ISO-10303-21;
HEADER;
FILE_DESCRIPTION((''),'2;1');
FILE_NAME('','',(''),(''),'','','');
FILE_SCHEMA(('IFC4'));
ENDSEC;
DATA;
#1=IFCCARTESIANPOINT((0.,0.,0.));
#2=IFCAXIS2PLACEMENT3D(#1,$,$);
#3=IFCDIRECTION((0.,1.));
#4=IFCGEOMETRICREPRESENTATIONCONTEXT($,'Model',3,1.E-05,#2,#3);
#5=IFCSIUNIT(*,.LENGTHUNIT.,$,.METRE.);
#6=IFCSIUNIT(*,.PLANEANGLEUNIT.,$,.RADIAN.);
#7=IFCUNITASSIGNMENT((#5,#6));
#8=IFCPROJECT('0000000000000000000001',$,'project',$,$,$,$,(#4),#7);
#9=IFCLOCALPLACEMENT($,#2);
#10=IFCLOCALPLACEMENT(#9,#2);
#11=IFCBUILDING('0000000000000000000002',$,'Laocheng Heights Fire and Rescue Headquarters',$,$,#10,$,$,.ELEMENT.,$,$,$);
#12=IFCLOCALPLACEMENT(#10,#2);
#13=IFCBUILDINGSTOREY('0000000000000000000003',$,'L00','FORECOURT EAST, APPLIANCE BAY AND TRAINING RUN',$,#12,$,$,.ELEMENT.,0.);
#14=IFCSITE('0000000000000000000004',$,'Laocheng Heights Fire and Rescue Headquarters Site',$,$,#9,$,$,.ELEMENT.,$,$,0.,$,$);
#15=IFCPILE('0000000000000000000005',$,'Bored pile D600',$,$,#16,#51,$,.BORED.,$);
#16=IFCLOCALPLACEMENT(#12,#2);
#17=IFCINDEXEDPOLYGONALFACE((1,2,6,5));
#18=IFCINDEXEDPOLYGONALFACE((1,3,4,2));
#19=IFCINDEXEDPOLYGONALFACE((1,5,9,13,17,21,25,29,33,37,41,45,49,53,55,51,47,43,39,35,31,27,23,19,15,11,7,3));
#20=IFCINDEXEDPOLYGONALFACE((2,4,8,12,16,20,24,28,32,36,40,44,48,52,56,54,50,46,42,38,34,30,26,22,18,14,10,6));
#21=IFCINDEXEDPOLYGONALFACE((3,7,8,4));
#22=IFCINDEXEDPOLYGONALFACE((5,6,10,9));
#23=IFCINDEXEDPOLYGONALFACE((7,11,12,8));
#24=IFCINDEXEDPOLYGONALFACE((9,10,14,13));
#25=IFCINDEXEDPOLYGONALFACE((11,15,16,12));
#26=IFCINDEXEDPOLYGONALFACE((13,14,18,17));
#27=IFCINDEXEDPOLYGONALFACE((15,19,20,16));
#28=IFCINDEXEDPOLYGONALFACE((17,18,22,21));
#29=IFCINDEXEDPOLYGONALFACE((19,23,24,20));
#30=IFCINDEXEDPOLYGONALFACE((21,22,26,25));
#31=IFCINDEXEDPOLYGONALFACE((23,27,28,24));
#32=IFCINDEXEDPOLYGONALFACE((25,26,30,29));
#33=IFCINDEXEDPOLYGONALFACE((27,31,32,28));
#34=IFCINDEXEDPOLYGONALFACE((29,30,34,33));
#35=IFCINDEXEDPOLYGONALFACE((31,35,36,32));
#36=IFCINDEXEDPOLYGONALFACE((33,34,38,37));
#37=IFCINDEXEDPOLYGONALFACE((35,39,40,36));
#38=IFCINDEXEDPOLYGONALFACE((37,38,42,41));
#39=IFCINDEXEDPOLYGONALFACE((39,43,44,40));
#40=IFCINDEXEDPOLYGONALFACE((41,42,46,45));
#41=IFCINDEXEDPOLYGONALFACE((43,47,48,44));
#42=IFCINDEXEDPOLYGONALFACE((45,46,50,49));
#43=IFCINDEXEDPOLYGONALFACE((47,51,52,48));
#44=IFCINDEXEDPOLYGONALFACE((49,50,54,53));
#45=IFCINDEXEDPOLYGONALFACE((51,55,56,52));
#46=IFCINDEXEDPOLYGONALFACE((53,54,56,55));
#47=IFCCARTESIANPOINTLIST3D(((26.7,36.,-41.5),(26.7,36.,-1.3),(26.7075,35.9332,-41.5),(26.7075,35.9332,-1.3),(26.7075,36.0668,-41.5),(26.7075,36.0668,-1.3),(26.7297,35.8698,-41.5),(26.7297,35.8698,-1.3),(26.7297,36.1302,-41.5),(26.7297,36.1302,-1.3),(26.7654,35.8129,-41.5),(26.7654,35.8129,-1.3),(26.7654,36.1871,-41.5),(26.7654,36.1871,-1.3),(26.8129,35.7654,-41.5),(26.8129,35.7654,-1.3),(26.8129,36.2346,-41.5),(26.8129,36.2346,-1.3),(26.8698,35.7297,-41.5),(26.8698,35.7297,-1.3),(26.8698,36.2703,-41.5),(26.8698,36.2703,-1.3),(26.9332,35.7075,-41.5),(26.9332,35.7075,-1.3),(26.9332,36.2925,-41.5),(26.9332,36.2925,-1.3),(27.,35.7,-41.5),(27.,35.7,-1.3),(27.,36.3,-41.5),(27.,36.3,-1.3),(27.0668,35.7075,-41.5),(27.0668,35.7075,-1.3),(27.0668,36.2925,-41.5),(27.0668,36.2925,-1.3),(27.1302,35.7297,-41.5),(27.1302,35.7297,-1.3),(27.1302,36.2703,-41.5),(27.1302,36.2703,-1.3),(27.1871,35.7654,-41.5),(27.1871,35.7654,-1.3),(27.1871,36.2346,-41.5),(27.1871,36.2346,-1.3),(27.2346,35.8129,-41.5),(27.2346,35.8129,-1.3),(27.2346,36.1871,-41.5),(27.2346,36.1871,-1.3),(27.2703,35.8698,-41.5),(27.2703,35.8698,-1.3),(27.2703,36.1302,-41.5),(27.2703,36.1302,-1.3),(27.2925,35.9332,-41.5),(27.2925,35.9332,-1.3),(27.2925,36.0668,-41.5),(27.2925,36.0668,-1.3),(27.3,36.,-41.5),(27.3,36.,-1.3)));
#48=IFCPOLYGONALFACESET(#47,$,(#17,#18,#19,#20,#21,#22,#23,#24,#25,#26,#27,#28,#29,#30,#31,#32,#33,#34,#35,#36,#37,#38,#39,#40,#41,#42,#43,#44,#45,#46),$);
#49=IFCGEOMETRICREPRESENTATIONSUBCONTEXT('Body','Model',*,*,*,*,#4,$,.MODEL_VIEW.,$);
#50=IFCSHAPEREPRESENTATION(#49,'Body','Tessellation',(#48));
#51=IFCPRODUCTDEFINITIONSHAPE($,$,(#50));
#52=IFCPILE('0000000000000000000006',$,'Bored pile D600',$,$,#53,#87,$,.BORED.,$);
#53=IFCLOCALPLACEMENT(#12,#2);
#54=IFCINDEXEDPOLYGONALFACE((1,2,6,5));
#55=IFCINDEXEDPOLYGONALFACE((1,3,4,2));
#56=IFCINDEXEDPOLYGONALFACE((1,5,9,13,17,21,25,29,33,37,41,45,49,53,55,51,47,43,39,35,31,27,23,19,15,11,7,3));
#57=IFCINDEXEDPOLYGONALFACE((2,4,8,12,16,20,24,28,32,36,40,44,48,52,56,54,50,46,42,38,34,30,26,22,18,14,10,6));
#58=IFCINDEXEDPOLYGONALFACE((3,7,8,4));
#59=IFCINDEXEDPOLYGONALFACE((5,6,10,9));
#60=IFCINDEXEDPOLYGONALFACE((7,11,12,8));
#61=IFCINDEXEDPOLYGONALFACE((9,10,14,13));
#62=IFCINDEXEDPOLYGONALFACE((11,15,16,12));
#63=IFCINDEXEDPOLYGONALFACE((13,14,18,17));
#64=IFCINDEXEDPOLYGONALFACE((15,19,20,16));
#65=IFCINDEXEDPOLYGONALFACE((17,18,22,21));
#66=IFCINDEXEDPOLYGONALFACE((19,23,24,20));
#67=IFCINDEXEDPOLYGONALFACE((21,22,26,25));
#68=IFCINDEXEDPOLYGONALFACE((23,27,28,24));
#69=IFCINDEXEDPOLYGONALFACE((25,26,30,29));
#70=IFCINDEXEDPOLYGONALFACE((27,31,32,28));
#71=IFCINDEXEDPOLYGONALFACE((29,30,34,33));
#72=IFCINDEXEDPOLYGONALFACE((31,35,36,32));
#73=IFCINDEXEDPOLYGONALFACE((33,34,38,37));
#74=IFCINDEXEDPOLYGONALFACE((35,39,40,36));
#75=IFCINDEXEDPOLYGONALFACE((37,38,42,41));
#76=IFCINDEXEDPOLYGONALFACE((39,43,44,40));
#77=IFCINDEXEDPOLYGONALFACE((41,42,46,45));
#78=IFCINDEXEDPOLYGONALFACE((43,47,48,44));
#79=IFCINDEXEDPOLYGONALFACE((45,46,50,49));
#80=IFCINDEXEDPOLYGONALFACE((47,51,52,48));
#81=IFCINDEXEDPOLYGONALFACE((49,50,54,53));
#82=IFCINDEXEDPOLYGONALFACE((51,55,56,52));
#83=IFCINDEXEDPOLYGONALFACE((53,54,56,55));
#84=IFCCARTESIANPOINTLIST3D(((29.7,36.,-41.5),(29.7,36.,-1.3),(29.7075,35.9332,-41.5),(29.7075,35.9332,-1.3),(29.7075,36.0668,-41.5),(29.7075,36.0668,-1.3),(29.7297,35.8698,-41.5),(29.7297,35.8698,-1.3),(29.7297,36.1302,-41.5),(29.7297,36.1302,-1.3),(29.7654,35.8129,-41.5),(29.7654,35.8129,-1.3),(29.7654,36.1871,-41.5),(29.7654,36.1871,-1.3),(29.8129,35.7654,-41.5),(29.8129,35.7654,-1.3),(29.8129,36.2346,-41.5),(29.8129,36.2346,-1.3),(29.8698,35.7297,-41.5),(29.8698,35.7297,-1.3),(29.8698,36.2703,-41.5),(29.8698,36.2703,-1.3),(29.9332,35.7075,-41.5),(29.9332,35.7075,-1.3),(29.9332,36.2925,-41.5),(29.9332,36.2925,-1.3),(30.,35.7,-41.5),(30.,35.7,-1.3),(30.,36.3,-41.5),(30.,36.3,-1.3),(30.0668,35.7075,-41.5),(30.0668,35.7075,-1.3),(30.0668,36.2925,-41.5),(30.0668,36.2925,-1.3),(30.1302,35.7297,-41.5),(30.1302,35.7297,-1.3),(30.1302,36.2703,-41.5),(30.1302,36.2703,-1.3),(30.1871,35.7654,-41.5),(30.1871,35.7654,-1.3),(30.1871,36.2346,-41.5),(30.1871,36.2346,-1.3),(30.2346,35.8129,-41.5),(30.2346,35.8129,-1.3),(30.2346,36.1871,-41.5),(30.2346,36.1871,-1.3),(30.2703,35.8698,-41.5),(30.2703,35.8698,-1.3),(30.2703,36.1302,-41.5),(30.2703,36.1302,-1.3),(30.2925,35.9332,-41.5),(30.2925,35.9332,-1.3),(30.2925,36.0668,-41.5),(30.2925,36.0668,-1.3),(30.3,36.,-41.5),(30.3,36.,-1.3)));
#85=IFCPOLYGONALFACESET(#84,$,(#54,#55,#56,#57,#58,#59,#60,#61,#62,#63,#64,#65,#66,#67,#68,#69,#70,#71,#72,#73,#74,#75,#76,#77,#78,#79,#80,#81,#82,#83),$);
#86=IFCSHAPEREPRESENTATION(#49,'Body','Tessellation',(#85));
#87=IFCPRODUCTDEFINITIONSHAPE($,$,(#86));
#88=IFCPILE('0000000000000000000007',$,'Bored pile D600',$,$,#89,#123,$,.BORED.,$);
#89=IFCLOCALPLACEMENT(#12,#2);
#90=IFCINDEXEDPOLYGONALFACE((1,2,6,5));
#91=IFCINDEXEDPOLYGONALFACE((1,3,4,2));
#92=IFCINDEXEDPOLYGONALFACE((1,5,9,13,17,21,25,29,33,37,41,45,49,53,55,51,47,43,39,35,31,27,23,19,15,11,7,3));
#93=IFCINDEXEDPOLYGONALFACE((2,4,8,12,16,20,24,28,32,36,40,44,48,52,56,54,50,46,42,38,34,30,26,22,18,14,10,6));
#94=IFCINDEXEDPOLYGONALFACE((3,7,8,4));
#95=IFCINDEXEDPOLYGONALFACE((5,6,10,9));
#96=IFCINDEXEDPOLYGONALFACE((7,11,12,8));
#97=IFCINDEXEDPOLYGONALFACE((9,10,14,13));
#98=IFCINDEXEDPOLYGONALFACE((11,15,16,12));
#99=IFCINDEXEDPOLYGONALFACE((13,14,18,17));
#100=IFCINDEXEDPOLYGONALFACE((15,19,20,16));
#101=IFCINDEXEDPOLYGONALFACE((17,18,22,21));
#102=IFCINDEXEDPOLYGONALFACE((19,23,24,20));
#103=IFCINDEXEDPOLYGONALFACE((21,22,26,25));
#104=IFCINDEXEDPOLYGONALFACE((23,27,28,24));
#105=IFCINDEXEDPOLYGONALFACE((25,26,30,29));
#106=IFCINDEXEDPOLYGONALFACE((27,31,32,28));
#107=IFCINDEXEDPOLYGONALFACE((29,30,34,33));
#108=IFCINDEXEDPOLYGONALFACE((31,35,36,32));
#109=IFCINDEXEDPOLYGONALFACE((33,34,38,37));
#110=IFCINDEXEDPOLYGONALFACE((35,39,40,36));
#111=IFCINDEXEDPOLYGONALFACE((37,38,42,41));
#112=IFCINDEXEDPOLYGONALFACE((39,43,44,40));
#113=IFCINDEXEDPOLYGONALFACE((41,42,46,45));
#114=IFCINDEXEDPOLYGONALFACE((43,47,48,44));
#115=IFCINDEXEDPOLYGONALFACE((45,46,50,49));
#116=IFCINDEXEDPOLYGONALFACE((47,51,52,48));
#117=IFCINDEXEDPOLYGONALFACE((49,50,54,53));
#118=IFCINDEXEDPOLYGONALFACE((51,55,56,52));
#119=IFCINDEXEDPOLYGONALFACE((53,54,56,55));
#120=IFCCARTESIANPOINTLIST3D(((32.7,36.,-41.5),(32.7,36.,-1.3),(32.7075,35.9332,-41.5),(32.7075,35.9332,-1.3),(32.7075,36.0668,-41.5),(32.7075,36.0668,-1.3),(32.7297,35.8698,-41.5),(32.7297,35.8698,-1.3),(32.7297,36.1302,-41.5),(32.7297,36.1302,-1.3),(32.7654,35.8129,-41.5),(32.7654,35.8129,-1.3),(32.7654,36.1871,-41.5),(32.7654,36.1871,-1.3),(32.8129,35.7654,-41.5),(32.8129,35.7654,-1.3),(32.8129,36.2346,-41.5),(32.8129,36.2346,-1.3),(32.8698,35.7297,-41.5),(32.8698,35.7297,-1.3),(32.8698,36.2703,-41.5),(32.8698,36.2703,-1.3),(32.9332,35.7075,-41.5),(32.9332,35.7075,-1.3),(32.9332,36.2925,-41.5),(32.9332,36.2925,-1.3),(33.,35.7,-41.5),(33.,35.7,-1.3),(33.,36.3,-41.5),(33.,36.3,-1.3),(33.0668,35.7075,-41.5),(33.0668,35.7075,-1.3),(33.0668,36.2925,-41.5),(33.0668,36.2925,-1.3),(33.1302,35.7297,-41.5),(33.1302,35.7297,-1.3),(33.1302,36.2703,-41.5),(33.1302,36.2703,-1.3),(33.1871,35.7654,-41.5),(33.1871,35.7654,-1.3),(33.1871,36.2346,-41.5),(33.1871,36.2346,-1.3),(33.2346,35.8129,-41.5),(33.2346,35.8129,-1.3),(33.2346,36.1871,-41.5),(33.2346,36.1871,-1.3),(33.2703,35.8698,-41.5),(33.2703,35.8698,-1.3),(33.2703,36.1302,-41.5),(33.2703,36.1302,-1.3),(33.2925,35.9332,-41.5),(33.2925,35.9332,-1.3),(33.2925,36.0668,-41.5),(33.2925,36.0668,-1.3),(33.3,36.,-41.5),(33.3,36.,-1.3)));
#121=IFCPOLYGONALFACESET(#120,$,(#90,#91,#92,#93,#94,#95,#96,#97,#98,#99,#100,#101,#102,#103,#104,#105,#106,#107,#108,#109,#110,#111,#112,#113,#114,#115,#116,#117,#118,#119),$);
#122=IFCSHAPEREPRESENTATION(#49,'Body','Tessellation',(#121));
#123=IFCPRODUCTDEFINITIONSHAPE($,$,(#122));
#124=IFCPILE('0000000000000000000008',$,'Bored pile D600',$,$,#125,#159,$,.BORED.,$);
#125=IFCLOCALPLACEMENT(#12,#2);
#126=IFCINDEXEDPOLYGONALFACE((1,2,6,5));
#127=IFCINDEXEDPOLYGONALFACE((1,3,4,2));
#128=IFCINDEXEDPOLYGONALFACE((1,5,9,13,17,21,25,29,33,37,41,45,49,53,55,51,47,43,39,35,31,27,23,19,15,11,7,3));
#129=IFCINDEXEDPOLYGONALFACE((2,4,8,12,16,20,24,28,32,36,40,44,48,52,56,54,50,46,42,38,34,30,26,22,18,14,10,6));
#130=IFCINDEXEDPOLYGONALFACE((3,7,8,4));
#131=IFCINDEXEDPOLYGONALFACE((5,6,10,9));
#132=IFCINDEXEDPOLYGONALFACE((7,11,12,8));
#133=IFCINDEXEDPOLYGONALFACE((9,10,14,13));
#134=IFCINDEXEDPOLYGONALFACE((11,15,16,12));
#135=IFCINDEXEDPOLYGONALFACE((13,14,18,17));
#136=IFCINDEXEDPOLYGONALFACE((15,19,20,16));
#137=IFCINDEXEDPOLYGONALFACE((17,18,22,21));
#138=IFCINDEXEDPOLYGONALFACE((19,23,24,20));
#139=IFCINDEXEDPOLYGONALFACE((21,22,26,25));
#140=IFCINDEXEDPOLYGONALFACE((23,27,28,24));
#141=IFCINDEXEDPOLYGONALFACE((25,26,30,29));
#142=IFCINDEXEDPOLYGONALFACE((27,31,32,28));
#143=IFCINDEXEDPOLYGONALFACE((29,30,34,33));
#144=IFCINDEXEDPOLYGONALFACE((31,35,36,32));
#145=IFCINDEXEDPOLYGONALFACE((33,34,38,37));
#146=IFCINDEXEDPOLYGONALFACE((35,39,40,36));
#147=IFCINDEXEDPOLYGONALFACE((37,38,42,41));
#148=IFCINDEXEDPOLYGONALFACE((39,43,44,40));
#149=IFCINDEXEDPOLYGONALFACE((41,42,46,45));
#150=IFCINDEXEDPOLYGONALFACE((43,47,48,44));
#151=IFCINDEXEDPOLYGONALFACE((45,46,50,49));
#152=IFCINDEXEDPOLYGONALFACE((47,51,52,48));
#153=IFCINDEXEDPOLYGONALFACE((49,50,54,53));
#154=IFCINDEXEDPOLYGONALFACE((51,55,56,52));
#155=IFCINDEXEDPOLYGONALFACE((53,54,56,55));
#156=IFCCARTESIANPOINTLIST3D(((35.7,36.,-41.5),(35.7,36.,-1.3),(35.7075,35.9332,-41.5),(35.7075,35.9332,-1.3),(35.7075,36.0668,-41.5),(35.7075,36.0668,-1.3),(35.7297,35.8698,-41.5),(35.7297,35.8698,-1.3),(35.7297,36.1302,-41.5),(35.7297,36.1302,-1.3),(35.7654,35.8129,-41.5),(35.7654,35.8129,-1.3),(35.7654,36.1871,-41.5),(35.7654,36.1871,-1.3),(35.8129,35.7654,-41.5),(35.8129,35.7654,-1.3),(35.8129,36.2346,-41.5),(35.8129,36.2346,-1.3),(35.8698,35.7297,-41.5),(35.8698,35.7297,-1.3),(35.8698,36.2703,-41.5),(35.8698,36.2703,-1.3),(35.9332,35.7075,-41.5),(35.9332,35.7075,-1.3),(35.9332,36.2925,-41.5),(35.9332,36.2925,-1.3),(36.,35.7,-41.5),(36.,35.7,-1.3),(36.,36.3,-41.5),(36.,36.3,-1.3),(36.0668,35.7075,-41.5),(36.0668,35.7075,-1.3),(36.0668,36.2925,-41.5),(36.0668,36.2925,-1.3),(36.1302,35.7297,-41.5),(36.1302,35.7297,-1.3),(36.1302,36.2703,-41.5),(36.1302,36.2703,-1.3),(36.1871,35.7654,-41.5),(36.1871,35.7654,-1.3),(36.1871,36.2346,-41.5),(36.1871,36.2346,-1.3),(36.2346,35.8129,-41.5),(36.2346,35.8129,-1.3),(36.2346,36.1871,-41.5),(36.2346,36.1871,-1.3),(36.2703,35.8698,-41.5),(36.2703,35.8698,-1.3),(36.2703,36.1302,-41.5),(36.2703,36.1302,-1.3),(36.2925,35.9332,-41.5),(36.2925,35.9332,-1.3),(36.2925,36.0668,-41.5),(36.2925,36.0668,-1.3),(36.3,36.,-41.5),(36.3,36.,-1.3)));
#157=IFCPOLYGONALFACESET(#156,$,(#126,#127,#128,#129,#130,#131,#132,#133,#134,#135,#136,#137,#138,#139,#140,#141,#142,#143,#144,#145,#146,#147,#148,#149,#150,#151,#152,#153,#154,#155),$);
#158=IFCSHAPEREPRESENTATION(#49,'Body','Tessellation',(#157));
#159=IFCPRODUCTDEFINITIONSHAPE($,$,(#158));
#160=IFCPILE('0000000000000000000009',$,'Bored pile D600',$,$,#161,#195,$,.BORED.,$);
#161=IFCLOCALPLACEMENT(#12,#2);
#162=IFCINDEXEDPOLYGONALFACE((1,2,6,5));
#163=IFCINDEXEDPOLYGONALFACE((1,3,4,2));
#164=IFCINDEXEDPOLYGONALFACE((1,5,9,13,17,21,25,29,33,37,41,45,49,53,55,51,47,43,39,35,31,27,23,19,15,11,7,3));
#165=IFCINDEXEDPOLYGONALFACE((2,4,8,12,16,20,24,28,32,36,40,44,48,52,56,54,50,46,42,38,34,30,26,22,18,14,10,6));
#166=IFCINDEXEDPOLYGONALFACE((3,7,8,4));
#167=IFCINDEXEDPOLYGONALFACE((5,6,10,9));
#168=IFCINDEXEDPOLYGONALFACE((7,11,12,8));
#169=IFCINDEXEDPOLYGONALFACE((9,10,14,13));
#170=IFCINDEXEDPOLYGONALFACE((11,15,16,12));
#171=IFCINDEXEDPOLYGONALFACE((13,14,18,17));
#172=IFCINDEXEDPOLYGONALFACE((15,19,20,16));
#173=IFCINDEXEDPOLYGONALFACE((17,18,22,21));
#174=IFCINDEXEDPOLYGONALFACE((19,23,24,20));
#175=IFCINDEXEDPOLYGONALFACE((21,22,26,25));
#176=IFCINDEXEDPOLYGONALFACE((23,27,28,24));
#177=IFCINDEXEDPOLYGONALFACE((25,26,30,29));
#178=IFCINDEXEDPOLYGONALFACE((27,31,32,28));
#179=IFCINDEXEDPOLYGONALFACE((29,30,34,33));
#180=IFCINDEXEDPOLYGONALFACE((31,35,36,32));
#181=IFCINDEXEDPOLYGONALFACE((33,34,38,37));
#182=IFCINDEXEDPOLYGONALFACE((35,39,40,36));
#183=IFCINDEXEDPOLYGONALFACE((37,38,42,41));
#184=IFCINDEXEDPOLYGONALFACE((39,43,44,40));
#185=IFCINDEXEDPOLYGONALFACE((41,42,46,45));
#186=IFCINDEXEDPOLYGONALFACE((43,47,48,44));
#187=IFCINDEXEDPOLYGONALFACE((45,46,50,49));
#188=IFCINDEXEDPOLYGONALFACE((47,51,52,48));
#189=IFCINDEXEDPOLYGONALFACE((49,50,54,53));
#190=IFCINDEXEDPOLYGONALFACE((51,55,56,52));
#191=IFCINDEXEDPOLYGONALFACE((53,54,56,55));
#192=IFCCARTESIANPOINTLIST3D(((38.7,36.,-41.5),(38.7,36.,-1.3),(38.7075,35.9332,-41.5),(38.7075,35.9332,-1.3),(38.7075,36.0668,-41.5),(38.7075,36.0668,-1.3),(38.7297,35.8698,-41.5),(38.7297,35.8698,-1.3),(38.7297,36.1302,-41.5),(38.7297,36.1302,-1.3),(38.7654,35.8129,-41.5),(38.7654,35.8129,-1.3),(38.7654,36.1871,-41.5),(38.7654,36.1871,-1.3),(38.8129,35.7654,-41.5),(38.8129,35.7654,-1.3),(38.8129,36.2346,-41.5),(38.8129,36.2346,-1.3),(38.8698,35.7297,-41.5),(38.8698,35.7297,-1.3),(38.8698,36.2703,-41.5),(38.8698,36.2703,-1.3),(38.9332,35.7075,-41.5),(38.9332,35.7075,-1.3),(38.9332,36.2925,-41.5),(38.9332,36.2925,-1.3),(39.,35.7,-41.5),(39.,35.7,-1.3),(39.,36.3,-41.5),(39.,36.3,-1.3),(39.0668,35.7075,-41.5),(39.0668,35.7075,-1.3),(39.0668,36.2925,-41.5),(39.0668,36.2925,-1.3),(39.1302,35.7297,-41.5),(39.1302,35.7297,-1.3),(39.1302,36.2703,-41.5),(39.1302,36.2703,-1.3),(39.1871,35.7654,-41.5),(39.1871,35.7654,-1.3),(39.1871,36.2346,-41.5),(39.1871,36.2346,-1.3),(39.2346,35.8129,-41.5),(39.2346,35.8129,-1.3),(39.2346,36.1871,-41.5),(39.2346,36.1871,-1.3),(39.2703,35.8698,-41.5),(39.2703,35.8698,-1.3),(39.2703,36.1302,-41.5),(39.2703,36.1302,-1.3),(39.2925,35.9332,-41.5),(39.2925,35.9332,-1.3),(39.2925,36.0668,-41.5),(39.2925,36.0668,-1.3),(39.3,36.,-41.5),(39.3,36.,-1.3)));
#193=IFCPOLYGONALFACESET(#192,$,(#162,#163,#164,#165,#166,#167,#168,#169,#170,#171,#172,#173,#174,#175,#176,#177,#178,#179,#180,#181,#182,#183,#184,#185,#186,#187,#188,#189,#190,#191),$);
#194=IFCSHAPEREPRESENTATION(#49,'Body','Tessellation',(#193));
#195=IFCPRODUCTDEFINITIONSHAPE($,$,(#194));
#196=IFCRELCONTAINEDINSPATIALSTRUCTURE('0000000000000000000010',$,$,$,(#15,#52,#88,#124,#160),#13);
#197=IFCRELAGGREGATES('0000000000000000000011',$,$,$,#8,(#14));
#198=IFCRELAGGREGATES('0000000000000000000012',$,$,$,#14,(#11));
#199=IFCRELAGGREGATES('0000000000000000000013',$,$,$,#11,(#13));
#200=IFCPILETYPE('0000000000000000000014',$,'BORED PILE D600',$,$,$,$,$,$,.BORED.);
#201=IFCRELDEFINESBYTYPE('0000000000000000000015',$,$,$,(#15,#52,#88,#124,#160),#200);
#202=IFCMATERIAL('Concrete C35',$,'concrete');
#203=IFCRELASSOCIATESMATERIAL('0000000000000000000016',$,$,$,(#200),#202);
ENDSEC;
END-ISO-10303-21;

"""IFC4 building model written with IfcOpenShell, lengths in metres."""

from ifc_helpers import new_model, si_unit, direction, frame, origin, origin_2d, place, context, subcontext, project, spatial, circle, extrude, material, material_profile, profile_set, type_object, element, save


model = new_model("IFC4")

# Units and contexts
model_context = context("Model", 3, precision=1e-05, world=origin(), true_north=direction((0.0, 1.0)))
body_context = subcontext(model_context, "Body", "Model", "MODEL_VIEW")
ifc_project = project(units=[si_unit("LENGTHUNIT", "METRE"), si_unit("PLANEANGLEUNIT", "RADIAN")], contexts=[model_context])

# Site, building, storey
site_placement = place(None, origin())
site = spatial("IfcSite", under=ifc_project, at=site_placement, Name="Laocheng Heights Fire and Rescue Headquarters Site", CompositionType="ELEMENT", RefElevation=0.0)
building_placement = place(site_placement, origin())
building = spatial("IfcBuilding", under=site, at=building_placement, Name="Laocheng Heights Fire and Rescue Headquarters", CompositionType="ELEMENT")
storey_placement = place(building_placement, origin())
storey = spatial("IfcBuildingStorey", under=building, at=storey_placement, Name="L00", Description="FORECOURT EAST, APPLIANCE BAY AND TRAINING RUN", CompositionType="ELEMENT", Elevation=0.0)

# Piles
ifc_material_1 = material(Name="Concrete C35", Category="concrete")
ifc_material_profile_1 = material_profile(ifc_material_1, circle(Radius=0.3, at=origin_2d()), Name="BORED PILE D600")
ifc_profile_set_1 = profile_set([ifc_material_profile_1], Name="Concrete C35")
pile_type_1 = type_object("IfcPileType", Name="BORED PILE D600", PredefinedType="BORED", material=ifc_profile_set_1)
for number, where, z_axis, x_axis, name in (
    (1, (27.0, 36.0, -1.3), (0.0, 0.0, -1.0), (1.0, 0.0, 0.0), "Bored pile D600"),
    (2, (30.0, 36.0, -1.3), (0.0, 0.0, -1.0), (1.0, 0.0, 0.0), "Bored pile D600"),
    (3, (33.0, 36.0, -1.3), (0.0, 0.0, -1.0), (1.0, 0.0, 0.0), "Bored pile D600"),
    (4, (36.0, 36.0, -1.3), (0.0, 0.0, -1.0), (1.0, 0.0, 0.0), "Bored pile D600"),
    (5, (39.0, 36.0, -1.3), (0.0, 0.0, -1.0), (1.0, 0.0, 0.0), "Bored pile D600"),
):
    element("IfcPile", number, at=place(storey_placement, frame(where, z_axis=z_axis, x_axis=x_axis)), inside=storey, type_object=pile_type_1, Name=name, PredefinedType="BORED", context=body_context, shape_type="SweptSolid", body=[
        extrude(circle(Radius=0.3, at=origin_2d()), origin(), (0.0, 0.0, 1.0), 40.2),
    ])

save(model, "model.ifc")
